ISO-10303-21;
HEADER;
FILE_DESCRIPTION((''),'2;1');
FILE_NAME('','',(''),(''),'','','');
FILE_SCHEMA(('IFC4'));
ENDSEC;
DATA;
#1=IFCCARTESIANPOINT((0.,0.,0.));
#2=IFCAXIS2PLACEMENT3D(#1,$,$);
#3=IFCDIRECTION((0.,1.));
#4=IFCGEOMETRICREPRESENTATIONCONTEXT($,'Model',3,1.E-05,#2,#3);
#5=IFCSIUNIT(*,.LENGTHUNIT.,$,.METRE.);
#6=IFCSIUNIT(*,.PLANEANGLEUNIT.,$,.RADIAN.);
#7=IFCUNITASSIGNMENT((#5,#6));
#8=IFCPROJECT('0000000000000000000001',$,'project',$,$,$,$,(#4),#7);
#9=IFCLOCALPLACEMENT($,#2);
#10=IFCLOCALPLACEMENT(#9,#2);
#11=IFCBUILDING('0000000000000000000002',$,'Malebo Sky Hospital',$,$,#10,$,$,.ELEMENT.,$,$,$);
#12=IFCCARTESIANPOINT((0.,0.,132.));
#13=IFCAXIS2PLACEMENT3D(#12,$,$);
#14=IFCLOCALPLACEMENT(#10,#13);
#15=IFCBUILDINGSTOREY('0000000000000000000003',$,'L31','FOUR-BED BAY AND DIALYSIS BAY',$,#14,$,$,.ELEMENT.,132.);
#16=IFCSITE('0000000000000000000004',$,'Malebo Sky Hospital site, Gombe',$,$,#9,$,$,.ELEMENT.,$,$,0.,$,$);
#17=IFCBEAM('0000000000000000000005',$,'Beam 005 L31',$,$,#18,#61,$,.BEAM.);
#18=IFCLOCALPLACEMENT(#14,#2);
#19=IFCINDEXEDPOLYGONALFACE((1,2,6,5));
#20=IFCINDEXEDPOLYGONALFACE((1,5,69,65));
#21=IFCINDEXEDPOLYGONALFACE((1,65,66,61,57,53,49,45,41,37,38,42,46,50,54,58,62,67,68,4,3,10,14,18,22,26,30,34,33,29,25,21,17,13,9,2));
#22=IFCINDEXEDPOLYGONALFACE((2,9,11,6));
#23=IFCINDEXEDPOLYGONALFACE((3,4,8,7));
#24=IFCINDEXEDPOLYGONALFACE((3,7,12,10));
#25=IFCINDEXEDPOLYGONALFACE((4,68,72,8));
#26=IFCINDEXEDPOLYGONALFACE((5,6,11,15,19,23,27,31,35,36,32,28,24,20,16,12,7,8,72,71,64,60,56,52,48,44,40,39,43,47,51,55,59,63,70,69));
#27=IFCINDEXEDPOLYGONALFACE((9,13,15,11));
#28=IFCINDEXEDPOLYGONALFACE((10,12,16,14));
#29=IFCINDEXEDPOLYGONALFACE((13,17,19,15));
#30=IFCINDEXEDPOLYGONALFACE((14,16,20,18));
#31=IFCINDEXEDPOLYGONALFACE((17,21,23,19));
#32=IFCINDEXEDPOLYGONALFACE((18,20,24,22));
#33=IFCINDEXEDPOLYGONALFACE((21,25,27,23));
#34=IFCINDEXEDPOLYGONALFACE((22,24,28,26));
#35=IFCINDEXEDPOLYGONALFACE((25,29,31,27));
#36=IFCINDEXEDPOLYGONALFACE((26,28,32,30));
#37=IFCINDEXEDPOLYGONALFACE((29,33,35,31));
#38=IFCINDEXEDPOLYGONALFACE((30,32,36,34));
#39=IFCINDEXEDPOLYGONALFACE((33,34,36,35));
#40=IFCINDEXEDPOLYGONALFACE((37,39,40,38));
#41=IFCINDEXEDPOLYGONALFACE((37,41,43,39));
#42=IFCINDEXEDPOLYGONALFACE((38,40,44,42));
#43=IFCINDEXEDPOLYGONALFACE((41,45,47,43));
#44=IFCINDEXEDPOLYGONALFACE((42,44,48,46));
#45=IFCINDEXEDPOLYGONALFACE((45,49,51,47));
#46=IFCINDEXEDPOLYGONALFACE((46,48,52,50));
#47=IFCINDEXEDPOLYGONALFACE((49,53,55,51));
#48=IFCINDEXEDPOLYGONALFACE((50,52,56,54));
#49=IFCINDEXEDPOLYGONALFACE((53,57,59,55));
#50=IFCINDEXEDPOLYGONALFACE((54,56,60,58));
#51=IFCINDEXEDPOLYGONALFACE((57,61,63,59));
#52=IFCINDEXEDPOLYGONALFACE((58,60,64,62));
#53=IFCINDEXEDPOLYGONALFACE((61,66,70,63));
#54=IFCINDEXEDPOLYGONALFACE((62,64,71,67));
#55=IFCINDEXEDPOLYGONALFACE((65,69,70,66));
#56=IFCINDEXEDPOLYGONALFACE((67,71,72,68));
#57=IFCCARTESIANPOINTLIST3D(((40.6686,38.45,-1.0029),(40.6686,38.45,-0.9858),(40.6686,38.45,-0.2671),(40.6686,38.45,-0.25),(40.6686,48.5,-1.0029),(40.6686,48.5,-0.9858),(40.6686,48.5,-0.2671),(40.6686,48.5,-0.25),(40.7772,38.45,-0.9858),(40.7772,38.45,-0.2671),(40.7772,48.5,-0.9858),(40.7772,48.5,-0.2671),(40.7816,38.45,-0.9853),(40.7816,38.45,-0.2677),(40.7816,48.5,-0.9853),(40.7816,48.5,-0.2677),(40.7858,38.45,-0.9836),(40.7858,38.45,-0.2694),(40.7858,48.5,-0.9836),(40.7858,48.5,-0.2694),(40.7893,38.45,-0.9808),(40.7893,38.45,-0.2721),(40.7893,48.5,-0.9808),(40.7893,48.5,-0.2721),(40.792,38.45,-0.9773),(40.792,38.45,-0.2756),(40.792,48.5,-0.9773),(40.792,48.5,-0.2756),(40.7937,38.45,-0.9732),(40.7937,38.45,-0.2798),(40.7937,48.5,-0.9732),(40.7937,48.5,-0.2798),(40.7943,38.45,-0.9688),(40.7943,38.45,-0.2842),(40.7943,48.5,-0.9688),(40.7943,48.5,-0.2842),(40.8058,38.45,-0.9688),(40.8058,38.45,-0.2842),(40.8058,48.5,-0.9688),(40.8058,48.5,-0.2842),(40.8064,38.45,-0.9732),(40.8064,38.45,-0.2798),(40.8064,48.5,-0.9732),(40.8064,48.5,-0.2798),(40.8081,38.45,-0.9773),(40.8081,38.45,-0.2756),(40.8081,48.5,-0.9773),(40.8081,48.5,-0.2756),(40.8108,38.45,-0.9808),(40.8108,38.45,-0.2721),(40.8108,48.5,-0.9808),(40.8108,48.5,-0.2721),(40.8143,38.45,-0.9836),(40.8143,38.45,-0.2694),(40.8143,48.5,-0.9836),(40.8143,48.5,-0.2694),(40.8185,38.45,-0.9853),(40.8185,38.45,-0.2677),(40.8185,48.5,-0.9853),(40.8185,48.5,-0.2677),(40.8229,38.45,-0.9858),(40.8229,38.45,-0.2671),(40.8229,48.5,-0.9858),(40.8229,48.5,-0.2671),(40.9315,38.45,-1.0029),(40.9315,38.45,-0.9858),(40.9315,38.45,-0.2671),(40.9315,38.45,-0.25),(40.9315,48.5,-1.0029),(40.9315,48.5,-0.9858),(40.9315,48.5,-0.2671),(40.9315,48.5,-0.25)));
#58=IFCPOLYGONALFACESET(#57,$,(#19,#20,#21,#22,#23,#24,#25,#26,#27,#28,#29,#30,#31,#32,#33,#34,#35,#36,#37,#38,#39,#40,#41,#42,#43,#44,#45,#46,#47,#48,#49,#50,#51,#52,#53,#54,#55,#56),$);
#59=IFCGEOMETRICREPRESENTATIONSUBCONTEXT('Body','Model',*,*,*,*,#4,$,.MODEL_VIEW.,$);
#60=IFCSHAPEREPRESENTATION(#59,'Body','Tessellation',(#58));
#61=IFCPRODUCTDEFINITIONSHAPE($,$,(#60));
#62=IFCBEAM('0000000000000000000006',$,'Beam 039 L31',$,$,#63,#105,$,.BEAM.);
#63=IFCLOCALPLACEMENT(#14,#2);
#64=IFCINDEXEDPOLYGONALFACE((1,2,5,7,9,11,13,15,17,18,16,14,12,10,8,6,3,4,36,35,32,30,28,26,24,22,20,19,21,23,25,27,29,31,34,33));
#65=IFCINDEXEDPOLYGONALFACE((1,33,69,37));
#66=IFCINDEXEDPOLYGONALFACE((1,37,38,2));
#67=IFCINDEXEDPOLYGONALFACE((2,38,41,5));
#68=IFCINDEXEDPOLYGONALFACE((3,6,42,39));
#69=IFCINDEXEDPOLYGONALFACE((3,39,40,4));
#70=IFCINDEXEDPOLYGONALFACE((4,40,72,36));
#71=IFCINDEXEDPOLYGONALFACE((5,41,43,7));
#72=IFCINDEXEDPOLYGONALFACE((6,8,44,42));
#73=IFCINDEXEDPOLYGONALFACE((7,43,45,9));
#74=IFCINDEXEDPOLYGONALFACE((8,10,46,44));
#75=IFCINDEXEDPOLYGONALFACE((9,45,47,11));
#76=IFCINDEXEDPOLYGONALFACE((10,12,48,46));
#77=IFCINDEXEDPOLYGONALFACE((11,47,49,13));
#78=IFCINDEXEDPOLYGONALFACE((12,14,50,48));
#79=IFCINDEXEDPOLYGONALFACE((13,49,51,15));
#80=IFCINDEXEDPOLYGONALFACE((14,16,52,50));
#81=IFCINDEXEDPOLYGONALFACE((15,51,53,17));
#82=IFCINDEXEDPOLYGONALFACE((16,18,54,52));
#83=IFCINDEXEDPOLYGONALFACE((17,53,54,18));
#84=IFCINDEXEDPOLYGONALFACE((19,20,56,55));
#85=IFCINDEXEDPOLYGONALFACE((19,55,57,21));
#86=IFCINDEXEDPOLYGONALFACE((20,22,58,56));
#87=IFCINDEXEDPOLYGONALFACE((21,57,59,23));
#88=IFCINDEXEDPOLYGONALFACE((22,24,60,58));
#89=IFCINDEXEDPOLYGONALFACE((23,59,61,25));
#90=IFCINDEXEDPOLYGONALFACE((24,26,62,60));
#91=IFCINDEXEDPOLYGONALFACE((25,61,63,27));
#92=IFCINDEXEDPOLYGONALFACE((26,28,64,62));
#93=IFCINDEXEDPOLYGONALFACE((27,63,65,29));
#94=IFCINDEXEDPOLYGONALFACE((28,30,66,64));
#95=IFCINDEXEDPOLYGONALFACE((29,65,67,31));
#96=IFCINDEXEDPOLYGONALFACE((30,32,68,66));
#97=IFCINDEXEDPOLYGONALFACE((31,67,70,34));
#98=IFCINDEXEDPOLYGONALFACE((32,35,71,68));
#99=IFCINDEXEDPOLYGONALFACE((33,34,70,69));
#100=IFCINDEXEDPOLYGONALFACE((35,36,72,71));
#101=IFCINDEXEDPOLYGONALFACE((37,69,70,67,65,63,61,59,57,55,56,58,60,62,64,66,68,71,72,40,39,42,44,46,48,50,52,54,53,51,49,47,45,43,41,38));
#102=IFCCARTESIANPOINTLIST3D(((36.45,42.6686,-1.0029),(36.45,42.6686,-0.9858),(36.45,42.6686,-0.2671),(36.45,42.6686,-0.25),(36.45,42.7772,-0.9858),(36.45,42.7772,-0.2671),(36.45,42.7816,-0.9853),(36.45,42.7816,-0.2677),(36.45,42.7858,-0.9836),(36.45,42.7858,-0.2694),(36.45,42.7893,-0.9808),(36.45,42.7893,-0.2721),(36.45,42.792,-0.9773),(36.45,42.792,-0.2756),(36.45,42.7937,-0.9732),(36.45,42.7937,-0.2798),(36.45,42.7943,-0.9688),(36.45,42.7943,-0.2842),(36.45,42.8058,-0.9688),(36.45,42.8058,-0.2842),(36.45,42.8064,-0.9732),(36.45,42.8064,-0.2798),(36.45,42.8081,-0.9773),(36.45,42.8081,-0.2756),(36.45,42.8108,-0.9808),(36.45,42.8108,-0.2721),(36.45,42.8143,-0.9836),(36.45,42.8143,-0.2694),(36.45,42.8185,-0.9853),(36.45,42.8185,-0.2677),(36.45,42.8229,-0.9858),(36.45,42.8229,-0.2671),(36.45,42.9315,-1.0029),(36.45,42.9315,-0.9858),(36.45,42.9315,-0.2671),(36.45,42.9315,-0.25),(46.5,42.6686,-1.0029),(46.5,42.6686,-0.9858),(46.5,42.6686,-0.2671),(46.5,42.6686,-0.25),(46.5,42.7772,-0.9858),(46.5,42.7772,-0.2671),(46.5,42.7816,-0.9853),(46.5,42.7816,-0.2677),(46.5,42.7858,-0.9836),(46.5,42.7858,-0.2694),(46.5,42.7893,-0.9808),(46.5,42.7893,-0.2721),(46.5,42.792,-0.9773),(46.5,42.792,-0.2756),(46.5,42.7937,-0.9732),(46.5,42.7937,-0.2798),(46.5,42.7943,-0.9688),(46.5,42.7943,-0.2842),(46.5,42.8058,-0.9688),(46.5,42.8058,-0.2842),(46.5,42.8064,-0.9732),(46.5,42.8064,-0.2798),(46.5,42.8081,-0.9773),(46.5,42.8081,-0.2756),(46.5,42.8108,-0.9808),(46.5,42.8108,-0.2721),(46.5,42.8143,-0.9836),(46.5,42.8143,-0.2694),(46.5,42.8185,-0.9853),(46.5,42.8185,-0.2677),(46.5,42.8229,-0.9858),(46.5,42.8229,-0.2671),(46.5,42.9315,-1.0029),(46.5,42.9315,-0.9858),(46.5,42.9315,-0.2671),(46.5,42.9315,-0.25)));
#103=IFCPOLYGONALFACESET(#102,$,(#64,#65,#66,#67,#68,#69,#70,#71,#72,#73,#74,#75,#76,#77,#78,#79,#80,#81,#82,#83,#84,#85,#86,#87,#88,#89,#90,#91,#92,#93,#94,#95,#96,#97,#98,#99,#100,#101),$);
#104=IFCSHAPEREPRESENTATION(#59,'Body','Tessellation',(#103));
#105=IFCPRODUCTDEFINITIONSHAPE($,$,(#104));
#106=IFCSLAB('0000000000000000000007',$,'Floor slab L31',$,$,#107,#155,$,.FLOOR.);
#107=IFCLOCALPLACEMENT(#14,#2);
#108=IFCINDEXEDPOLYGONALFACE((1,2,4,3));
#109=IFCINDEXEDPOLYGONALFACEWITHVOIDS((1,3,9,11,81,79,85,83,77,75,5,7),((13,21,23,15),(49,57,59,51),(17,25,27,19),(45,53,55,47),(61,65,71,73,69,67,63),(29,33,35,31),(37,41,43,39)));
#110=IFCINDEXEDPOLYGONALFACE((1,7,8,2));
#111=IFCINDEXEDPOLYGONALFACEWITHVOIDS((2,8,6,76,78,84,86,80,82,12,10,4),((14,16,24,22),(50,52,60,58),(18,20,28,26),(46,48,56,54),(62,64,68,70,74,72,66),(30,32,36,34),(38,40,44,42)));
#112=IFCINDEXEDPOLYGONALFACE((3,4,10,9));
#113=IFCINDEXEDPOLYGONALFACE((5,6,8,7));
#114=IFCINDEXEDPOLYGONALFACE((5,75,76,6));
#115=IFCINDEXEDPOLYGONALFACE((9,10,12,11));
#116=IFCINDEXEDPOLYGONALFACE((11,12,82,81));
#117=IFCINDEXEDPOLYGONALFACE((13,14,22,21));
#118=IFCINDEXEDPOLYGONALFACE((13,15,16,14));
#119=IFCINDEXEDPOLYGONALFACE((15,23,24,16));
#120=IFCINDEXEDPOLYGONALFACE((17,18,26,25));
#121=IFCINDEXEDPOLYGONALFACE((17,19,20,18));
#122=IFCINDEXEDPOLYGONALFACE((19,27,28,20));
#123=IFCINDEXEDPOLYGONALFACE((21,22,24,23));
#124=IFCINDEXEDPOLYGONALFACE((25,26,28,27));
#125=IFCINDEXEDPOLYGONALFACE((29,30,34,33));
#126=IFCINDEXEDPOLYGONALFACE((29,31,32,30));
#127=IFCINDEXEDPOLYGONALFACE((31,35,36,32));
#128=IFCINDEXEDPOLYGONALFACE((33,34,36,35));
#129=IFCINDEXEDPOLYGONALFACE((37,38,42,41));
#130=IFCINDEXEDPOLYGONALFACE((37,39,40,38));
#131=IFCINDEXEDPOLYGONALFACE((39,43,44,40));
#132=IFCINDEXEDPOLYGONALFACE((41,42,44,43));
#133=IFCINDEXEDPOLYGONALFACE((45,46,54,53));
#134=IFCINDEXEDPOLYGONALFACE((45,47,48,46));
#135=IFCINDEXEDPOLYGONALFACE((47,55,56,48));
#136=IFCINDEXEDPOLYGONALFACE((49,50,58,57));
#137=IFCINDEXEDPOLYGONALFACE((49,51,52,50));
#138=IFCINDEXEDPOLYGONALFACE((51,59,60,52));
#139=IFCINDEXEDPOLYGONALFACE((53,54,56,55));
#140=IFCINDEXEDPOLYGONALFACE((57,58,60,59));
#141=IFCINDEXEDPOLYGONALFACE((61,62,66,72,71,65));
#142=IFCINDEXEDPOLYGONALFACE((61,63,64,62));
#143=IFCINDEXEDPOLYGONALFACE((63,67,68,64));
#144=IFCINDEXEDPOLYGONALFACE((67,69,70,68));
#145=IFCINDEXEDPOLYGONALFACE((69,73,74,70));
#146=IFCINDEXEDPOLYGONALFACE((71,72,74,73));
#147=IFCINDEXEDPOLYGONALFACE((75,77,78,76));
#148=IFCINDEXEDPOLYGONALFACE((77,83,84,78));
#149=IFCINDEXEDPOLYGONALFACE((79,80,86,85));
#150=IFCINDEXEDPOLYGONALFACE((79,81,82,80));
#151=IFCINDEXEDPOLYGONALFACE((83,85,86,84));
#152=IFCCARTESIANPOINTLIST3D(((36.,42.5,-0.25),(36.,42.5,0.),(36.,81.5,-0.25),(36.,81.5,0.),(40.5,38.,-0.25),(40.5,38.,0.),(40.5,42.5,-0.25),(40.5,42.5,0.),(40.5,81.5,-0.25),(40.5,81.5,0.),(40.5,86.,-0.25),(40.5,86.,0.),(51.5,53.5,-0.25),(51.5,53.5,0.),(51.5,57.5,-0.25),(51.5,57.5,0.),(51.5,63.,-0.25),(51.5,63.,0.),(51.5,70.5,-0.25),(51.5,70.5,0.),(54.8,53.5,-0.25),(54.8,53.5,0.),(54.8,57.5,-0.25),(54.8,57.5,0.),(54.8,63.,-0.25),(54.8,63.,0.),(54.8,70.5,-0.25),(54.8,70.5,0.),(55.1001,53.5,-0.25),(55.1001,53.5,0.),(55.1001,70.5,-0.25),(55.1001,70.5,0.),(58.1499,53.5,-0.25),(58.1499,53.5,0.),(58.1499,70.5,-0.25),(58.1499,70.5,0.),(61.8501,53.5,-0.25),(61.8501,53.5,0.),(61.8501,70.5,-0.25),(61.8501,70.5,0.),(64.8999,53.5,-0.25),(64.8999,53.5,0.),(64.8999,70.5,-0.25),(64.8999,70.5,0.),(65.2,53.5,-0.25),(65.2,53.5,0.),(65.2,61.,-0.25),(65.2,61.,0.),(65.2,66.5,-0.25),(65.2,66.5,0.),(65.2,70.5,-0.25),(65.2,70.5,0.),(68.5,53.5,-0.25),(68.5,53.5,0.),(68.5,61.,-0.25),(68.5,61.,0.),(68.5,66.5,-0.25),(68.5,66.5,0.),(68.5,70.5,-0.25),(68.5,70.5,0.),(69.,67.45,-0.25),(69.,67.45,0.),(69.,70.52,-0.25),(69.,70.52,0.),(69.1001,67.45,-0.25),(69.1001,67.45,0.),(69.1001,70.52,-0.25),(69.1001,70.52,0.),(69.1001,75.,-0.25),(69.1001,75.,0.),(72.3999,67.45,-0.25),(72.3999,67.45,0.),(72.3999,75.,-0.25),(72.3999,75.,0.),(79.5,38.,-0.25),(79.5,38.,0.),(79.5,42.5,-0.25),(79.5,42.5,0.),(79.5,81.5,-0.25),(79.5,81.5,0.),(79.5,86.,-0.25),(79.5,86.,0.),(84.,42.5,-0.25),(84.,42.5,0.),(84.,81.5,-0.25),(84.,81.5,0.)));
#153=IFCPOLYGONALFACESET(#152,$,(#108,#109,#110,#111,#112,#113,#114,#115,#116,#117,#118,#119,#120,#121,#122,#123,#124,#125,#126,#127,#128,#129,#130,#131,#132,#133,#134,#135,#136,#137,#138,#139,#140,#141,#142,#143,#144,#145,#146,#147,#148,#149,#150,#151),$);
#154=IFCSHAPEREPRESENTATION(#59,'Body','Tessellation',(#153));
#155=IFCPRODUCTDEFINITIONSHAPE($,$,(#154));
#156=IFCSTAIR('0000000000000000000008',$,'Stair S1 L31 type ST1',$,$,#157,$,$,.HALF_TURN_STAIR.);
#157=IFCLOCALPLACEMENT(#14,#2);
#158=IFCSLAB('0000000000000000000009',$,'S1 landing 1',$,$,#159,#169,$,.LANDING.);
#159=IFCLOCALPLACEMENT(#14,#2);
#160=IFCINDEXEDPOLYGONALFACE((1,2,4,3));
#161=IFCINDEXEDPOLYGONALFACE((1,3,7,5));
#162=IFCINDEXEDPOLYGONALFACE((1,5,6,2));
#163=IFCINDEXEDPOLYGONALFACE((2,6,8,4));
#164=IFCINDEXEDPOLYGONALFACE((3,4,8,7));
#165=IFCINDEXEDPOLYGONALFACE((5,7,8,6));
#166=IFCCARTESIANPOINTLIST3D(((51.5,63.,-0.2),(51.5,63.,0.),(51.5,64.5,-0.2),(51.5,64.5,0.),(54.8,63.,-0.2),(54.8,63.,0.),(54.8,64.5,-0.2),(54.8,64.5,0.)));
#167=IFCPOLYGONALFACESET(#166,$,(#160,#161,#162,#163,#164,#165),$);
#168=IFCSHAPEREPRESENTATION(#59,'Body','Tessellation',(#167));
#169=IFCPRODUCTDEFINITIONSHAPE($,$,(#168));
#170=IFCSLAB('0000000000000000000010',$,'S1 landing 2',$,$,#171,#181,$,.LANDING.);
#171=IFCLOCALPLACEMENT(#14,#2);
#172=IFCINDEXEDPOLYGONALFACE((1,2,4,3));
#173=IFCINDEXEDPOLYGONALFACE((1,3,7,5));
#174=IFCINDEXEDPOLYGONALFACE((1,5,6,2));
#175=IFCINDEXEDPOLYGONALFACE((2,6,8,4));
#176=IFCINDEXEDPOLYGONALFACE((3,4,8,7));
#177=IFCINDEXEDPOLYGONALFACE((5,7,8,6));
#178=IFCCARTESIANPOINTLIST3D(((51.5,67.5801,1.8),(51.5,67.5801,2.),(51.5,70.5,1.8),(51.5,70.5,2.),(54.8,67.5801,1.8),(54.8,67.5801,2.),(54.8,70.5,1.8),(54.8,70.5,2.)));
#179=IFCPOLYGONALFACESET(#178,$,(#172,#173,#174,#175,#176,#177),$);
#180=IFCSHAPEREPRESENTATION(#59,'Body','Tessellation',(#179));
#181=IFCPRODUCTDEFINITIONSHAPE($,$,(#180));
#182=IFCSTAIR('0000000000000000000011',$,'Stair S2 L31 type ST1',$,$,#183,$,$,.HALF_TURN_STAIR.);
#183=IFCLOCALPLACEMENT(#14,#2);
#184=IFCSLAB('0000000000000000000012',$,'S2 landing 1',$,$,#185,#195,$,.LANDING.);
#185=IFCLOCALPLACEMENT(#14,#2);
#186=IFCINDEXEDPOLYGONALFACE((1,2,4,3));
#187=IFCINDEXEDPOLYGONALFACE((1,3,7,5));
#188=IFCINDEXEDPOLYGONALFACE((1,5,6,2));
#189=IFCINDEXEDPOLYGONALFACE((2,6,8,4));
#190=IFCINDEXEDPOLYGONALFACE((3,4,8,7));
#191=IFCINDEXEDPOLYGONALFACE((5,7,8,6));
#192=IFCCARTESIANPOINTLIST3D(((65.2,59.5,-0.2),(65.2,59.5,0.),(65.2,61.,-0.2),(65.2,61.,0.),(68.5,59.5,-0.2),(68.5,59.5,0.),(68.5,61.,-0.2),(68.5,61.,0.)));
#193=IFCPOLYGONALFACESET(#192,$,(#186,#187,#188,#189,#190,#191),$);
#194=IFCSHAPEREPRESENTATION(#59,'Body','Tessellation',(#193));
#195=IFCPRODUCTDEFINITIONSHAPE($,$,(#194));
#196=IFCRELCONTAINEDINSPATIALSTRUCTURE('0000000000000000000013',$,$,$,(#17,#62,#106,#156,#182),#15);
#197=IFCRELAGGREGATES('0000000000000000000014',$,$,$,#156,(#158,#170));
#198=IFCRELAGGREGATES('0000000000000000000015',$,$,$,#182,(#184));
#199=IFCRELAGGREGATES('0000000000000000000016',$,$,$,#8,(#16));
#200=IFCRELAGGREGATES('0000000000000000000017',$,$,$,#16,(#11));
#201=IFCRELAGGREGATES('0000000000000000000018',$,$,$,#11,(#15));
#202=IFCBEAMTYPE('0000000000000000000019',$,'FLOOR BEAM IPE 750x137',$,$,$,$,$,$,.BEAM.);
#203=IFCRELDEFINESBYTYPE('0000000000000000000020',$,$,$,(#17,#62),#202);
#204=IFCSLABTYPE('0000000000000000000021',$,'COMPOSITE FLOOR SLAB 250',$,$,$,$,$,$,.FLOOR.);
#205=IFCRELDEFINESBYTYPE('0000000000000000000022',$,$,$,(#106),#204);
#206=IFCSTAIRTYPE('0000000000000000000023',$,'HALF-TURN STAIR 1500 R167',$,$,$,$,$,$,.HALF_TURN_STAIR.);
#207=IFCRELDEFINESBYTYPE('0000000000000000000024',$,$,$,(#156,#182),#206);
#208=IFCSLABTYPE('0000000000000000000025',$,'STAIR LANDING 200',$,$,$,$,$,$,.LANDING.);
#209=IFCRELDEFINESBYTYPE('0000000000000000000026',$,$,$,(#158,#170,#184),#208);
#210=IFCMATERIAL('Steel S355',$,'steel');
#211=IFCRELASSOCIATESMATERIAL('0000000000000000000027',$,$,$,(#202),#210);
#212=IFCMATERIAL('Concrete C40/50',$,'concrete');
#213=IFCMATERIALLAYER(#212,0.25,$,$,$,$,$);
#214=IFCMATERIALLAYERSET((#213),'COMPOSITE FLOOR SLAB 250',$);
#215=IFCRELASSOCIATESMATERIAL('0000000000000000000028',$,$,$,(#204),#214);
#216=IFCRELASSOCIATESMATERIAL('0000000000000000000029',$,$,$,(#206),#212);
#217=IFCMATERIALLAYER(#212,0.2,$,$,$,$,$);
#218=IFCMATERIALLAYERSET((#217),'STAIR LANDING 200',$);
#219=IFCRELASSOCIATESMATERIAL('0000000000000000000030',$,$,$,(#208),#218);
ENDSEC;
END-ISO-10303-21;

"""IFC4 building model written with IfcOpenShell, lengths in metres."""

from ifc_helpers import new_model, si_unit, direction, frame, origin, origin_2d, place, context, subcontext, project, spatial, polyline, i_section, outline, extrude, material, layer, layer_set, material_profile, profile_set, type_object, element, aggregate, save


model = new_model("IFC4")

# Units and contexts
model_context = context("Model", 3, precision=1e-05, world=origin(), true_north=direction((0.0, 1.0)))
body_context = subcontext(model_context, "Body", "Model", "MODEL_VIEW")
ifc_project = project(units=[si_unit("LENGTHUNIT", "METRE"), si_unit("PLANEANGLEUNIT", "RADIAN")], contexts=[model_context])

# Site, building, storey
site_placement = place(None, origin())
site = spatial("IfcSite", under=ifc_project, at=site_placement, Name="Malebo Sky Hospital site, Gombe", CompositionType="ELEMENT", RefElevation=0.0)
building_placement = place(site_placement, origin())
building = spatial("IfcBuilding", under=site, at=building_placement, Name="Malebo Sky Hospital", CompositionType="ELEMENT")
storey_placement = place(building_placement, frame((0.0, 0.0, 132.0)))
storey = spatial("IfcBuildingStorey", under=building, at=storey_placement, Name="L31", Description="FOUR-BED BAY AND DIALYSIS BAY", CompositionType="ELEMENT", Elevation=132.0)

# Beams
ifc_material_1 = material(Name="Steel S355", Category="steel")
ifc_material_profile_1 = material_profile(ifc_material_1, i_section(OverallWidth=0.2629, OverallDepth=0.7529, WebThickness=0.0115, FlangeThickness=0.0171, FilletRadius=0.0171, at=origin_2d()), Name="IPE 750x137")
ifc_profile_set_1 = profile_set([ifc_material_profile_1], Name="Steel S355")
beam_type_1 = type_object("IfcBeamType", Name="FLOOR BEAM IPE 750x137", PredefinedType="BEAM", material=ifc_profile_set_1)
for number, where, z_axis, x_axis, name in (
    (1, (40.8, 38.45, -0.6265), (0.0, 1.0, 0.0), (-1.0, 0.0, 0.0), "Beam 005 L31"),
    (2, (36.45, 42.8, -0.6265), (1.0, 0.0, 0.0), (0.0, 1.0, 0.0), "Beam 039 L31"),
):
    element("IfcBeam", number, at=place(storey_placement, frame(where, z_axis=z_axis, x_axis=x_axis)), inside=storey, type_object=beam_type_1, Name=name, PredefinedType="BEAM", context=body_context, shape_type="SweptSolid", body=[
        extrude(i_section(OverallWidth=0.2629, OverallDepth=0.7529, WebThickness=0.0115, FlangeThickness=0.0171, FilletRadius=0.0171, at=origin_2d()), origin(), (0.0, 0.0, 1.0), 10.05),
    ])

# Slab
ifc_material_2 = material(Name="Concrete C40/50", Category="concrete")
ifc_layer_1 = layer(ifc_material_2, 0.25)
ifc_layer_set_1 = layer_set([ifc_layer_1], Name="COMPOSITE FLOOR SLAB 250")
slab_type_1 = type_object("IfcSlabType", Name="COMPOSITE FLOOR SLAB 250", PredefinedType="FLOOR", material=ifc_layer_set_1)
slab_1_placement = place(storey_placement, frame((0.0, 0.0, -0.25)))
element("IfcSlab", 3, at=slab_1_placement, inside=storey, type_object=slab_type_1, Name="Floor slab L31", PredefinedType="FLOOR", context=body_context, shape_type="SweptSolid", body=[
    extrude(outline(polyline([(40.5, 86.0), (40.5, 81.5), (36.0, 81.5), (36.0, 42.5), (40.5, 42.5), (40.5, 38.0), (79.5, 38.0), (79.5, 42.5), (84.0, 42.5), (84.0, 81.5), (79.5, 81.5), (79.5, 86.0), (40.5, 86.0)]), holes=[polyline([(55.1001, 70.5), (58.1499, 70.5), (58.1499, 53.5), (55.1001, 53.5), (55.1001, 70.5)]), polyline([(64.8999, 70.5), (64.8999, 53.5), (61.8501, 53.5), (61.8501, 70.5), (64.8999, 70.5)]), polyline([(54.8, 63.0), (51.5, 63.0), (51.5, 70.5), (54.8, 70.5), (54.8, 63.0)]), polyline([(51.5, 53.5), (51.5, 57.5), (54.8, 57.5), (54.8, 53.5), (51.5, 53.5)]), polyline([(65.2, 61.0), (68.5, 61.0), (68.5, 53.5), (65.2, 53.5), (65.2, 61.0)]), polyline([(68.5, 70.5), (68.5, 66.5), (65.2, 66.5), (65.2, 70.5), (68.5, 70.5)]), polyline([(69.0, 67.45), (69.0, 70.52), (69.1001, 70.52), (69.1001, 75.0), (72.3999, 75.0), (72.3999, 67.45), (69.1001, 67.45), (69.0, 67.45)])]), origin(), (0.0, 0.0, 1.0), 0.25),
])

# Stairs, slabs
stair_type_1 = type_object("IfcStairType", Name="HALF-TURN STAIR 1500 R167", PredefinedType="HALF_TURN_STAIR", material=ifc_material_2)
stair_1_placement = place(storey_placement, origin())
stair_1 = element("IfcStair", 4, at=stair_1_placement, inside=storey, type_object=stair_type_1, Name="Stair S1 L31 type ST1", PredefinedType="HALF_TURN_STAIR")
ifc_layer_2 = layer(ifc_material_2, 0.2)
ifc_layer_set_2 = layer_set([ifc_layer_2], Name="STAIR LANDING 200")
slab_type_2 = type_object("IfcSlabType", Name="STAIR LANDING 200", PredefinedType="LANDING", material=ifc_layer_set_2)
slab_2_placement = place(storey_placement, frame((0.0, 0.0, -0.2)))
slab_2 = element("IfcSlab", 5, at=slab_2_placement, type_object=slab_type_2, Name="S1 landing 1", PredefinedType="LANDING", context=body_context, shape_type="SweptSolid", body=[
    extrude(outline(polyline([(51.5, 63.0), (54.8, 63.0), (54.8, 64.5), (51.5, 64.5), (51.5, 63.0)])), origin(), (0.0, 0.0, 1.0), 0.2),
])
slab_3_placement = place(storey_placement, frame((0.0, 0.0, 1.8)))
slab_3 = element("IfcSlab", 6, at=slab_3_placement, type_object=slab_type_2, Name="S1 landing 2", PredefinedType="LANDING", context=body_context, shape_type="SweptSolid", body=[
    extrude(outline(polyline([(51.5, 67.5801), (54.8, 67.5801), (54.8, 70.5), (51.5, 70.5), (51.5, 67.5801)])), origin(), (0.0, 0.0, 1.0), 0.2),
])
aggregate(stair_1, [slab_2, slab_3])
stair_2_placement = place(storey_placement, origin())
stair_2 = element("IfcStair", 7, at=stair_2_placement, inside=storey, type_object=stair_type_1, Name="Stair S2 L31 type ST1", PredefinedType="HALF_TURN_STAIR")
slab_4_placement = place(storey_placement, frame((0.0, 0.0, -0.2)))
slab_4 = element("IfcSlab", 8, at=slab_4_placement, type_object=slab_type_2, Name="S2 landing 1", PredefinedType="LANDING", context=body_context, shape_type="SweptSolid", body=[
    extrude(outline(polyline([(65.2, 59.5), (68.5, 59.5), (68.5, 61.0), (65.2, 61.0), (65.2, 59.5)])), origin(), (0.0, 0.0, 1.0), 0.2),
])
aggregate(stair_2, [slab_4])

save(model, "model.ifc")
